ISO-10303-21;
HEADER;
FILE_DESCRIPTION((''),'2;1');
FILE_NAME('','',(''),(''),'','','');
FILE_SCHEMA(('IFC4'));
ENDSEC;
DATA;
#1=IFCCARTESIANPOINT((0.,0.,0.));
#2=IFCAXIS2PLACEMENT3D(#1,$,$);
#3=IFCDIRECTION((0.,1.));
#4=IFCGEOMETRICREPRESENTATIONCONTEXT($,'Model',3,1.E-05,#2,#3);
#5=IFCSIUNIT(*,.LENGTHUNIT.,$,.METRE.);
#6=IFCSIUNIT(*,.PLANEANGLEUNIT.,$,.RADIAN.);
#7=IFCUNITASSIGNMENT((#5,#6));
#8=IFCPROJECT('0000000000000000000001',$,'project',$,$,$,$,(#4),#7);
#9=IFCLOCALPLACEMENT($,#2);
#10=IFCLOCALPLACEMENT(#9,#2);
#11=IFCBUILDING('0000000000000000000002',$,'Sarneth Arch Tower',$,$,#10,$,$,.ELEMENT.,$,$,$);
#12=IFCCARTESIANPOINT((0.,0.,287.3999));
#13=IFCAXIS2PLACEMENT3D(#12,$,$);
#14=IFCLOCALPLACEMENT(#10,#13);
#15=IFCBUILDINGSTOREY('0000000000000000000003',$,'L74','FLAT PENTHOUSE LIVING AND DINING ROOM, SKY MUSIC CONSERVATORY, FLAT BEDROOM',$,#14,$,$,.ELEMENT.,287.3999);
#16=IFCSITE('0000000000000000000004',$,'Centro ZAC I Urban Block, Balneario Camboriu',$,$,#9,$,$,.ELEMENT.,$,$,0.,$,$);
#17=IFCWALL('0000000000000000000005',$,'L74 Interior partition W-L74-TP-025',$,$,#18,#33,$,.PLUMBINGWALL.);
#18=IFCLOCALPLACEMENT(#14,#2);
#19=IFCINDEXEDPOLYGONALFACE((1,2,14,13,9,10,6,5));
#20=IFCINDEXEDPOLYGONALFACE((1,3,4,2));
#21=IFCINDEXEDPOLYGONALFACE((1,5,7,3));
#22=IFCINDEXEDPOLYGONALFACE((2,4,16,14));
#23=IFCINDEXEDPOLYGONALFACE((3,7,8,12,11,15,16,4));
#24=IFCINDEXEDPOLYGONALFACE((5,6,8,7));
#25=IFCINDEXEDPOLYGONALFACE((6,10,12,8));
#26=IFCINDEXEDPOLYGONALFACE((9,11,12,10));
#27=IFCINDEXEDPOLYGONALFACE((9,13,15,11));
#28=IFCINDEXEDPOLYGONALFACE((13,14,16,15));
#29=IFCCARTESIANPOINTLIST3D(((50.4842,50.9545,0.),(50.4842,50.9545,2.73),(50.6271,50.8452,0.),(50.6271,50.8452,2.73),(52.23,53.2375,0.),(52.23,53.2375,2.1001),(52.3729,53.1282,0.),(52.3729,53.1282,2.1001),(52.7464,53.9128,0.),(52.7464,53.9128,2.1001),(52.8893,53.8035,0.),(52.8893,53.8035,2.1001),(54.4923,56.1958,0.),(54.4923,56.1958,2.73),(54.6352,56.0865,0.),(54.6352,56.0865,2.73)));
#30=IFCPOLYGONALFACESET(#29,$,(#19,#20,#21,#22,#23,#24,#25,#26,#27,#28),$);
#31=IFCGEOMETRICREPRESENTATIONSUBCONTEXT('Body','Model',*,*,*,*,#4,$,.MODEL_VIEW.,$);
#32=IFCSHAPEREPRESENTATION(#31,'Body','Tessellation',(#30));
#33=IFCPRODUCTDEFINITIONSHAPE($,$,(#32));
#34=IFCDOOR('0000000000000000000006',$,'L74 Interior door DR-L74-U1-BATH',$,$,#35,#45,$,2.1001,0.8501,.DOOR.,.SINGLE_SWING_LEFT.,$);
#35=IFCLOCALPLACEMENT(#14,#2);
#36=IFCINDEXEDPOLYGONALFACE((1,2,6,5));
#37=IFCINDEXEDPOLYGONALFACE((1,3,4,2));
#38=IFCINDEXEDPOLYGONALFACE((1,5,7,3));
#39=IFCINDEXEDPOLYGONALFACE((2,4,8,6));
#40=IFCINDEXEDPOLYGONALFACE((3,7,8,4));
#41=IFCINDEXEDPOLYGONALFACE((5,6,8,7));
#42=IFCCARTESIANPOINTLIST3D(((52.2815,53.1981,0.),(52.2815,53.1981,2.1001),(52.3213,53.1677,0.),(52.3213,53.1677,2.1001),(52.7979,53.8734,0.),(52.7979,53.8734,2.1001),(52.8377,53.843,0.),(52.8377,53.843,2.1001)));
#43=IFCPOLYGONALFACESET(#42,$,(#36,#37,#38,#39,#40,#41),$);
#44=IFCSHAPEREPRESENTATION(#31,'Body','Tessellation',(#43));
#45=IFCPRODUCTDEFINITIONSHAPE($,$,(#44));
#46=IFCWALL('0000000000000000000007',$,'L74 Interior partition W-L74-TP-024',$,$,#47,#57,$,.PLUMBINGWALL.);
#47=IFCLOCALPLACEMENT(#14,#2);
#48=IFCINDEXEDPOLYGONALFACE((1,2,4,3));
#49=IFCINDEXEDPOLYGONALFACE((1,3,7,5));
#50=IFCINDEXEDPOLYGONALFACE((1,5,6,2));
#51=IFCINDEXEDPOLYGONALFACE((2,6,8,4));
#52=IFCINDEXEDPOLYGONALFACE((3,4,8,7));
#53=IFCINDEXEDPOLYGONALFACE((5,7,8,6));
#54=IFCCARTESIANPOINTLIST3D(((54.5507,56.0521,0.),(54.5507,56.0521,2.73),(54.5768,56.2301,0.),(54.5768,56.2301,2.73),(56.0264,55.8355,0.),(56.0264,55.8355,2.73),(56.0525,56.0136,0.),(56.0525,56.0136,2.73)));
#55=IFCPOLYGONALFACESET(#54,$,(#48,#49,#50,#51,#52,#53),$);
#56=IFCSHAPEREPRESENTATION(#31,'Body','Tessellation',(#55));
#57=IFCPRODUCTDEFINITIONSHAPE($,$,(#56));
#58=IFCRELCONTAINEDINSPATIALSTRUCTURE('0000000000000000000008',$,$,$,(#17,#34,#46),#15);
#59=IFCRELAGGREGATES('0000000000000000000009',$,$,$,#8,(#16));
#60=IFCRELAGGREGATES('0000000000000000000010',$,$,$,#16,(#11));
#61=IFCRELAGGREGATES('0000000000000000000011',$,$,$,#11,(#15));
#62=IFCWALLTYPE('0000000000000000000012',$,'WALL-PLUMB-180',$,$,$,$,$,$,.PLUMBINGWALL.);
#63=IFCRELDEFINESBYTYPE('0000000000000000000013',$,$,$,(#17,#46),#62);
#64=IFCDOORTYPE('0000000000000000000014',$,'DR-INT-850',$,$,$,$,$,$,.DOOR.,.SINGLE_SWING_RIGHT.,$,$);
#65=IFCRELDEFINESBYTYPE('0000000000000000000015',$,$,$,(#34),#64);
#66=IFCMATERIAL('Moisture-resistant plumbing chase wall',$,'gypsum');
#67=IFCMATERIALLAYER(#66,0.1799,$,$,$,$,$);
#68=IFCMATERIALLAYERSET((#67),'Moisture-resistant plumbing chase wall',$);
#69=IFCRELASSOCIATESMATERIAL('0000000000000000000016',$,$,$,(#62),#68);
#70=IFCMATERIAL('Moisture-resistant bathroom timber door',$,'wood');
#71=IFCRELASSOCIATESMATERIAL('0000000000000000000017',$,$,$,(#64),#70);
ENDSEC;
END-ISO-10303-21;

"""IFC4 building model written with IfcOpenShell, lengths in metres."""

from ifc_helpers import new_model, si_unit, direction, frame, frame_2d, origin, place, context, subcontext, project, spatial, rectangle, extrude, material, layer, layer_set, type_object, element, fill, save


model = new_model("IFC4")

# Units and contexts
model_context = context("Model", 3, precision=1e-05, world=origin(), true_north=direction((0.0, 1.0)))
body_context = subcontext(model_context, "Body", "Model", "MODEL_VIEW")
ifc_project = project(units=[si_unit("LENGTHUNIT", "METRE"), si_unit("PLANEANGLEUNIT", "RADIAN")], contexts=[model_context])

# Site, building, storey
site_placement = place(None, origin())
site = spatial("IfcSite", under=ifc_project, at=site_placement, Name="Centro ZAC I Urban Block, Balneario Camboriu", CompositionType="ELEMENT", RefElevation=0.0)
building_placement = place(site_placement, origin())
building = spatial("IfcBuilding", under=site, at=building_placement, Name="Sarneth Arch Tower", CompositionType="ELEMENT")
storey_placement = place(building_placement, frame((0.0, 0.0, 287.3999)))
storey = spatial("IfcBuildingStorey", under=building, at=storey_placement, Name="L74", Description="FLAT PENTHOUSE LIVING AND DINING ROOM, SKY MUSIC CONSERVATORY, FLAT BEDROOM", CompositionType="ELEMENT", Elevation=287.3999)

# Wall, opening, door
ifc_material_1 = material(Name="Moisture-resistant plumbing chase wall", Category="gypsum")
ifc_layer_1 = layer(ifc_material_1, 0.1799)
ifc_layer_set_1 = layer_set([ifc_layer_1], Name="Moisture-resistant plumbing chase wall")
wall_type_1 = type_object("IfcWallType", Name="WALL-PLUMB-180", PredefinedType="PLUMBINGWALL", material=ifc_layer_set_1)
wall_1_placement = place(storey_placement, frame((54.5637, 56.1411, 0.0), z_axis=(0.0, 0.0, 1.0), x_axis=(-0.607457, -0.794353, 0.0)))
wall_1 = element("IfcWall", 1, at=wall_1_placement, inside=storey, type_object=wall_type_1, Name="L74 Interior partition W-L74-TP-025", PredefinedType="PLUMBINGWALL", context=body_context, shape_type="SweptSolid", body=[
    extrude(rectangle(XDim=6.5981, YDim=0.1799, at=frame_2d((3.2991, 0.0))), origin(), (0.0, 0.0, 1.0), 2.73),
])
opening_1_placement = place(wall_1_placement, frame((2.874, 0.0, 0.0)))
opening_1 = element("IfcOpeningElement", 2, at=opening_1_placement, cuts=wall_1, PredefinedType="OPENING", context=body_context, shape_type="SweptSolid", body=[
    extrude(rectangle(XDim=0.8501, YDim=2.1001, at=frame_2d((0.425, 1.05))), frame((0.0, 0.0999, 0.0), z_axis=(0.0, -1.0, 0.0), x_axis=(1.0, 0.0, 0.0)), (0.0, 0.0, 1.0), 0.2),
])
ifc_material_2 = material(Name="Moisture-resistant bathroom timber door", Category="wood")
door_type_1 = type_object("IfcDoorType", Name="DR-INT-850", OperationType="SINGLE_SWING_RIGHT", PredefinedType="DOOR", material=ifc_material_2)
door_1_placement = place(opening_1_placement, origin())
door_1 = element("IfcDoor", 3, at=door_1_placement, inside=storey, type_object=door_type_1, Name="L74 Interior door DR-L74-U1-BATH", OperationType="SINGLE_SWING_LEFT", OverallHeight=2.1001, OverallWidth=0.8501, PredefinedType="DOOR", context=body_context, shape_type="SweptSolid", body=[
    extrude(rectangle(XDim=0.8501, YDim=2.1001, at=frame_2d((0.425, 1.05))), frame((0.0, 0.0249, 0.0), z_axis=(0.0, -1.0, 0.0), x_axis=(1.0, 0.0, 0.0)), (0.0, 0.0, 1.0), 0.05),
])
fill(opening_1, door_1)

# Wall
wall_2_placement = place(storey_placement, frame((56.0393, 55.9246, 0.0), z_axis=(0.0, 0.0, 1.0), x_axis=(-0.989402, 0.145202, 0.0)))
element("IfcWall", 4, at=wall_2_placement, inside=storey, type_object=wall_type_1, Name="L74 Interior partition W-L74-TP-024", PredefinedType="PLUMBINGWALL", context=body_context, shape_type="SweptSolid", body=[
    extrude(rectangle(XDim=1.4915, YDim=0.1799, at=frame_2d((0.7456, 0.0))), origin(), (0.0, 0.0, 1.0), 2.73),
])

save(model, "model.ifc")
